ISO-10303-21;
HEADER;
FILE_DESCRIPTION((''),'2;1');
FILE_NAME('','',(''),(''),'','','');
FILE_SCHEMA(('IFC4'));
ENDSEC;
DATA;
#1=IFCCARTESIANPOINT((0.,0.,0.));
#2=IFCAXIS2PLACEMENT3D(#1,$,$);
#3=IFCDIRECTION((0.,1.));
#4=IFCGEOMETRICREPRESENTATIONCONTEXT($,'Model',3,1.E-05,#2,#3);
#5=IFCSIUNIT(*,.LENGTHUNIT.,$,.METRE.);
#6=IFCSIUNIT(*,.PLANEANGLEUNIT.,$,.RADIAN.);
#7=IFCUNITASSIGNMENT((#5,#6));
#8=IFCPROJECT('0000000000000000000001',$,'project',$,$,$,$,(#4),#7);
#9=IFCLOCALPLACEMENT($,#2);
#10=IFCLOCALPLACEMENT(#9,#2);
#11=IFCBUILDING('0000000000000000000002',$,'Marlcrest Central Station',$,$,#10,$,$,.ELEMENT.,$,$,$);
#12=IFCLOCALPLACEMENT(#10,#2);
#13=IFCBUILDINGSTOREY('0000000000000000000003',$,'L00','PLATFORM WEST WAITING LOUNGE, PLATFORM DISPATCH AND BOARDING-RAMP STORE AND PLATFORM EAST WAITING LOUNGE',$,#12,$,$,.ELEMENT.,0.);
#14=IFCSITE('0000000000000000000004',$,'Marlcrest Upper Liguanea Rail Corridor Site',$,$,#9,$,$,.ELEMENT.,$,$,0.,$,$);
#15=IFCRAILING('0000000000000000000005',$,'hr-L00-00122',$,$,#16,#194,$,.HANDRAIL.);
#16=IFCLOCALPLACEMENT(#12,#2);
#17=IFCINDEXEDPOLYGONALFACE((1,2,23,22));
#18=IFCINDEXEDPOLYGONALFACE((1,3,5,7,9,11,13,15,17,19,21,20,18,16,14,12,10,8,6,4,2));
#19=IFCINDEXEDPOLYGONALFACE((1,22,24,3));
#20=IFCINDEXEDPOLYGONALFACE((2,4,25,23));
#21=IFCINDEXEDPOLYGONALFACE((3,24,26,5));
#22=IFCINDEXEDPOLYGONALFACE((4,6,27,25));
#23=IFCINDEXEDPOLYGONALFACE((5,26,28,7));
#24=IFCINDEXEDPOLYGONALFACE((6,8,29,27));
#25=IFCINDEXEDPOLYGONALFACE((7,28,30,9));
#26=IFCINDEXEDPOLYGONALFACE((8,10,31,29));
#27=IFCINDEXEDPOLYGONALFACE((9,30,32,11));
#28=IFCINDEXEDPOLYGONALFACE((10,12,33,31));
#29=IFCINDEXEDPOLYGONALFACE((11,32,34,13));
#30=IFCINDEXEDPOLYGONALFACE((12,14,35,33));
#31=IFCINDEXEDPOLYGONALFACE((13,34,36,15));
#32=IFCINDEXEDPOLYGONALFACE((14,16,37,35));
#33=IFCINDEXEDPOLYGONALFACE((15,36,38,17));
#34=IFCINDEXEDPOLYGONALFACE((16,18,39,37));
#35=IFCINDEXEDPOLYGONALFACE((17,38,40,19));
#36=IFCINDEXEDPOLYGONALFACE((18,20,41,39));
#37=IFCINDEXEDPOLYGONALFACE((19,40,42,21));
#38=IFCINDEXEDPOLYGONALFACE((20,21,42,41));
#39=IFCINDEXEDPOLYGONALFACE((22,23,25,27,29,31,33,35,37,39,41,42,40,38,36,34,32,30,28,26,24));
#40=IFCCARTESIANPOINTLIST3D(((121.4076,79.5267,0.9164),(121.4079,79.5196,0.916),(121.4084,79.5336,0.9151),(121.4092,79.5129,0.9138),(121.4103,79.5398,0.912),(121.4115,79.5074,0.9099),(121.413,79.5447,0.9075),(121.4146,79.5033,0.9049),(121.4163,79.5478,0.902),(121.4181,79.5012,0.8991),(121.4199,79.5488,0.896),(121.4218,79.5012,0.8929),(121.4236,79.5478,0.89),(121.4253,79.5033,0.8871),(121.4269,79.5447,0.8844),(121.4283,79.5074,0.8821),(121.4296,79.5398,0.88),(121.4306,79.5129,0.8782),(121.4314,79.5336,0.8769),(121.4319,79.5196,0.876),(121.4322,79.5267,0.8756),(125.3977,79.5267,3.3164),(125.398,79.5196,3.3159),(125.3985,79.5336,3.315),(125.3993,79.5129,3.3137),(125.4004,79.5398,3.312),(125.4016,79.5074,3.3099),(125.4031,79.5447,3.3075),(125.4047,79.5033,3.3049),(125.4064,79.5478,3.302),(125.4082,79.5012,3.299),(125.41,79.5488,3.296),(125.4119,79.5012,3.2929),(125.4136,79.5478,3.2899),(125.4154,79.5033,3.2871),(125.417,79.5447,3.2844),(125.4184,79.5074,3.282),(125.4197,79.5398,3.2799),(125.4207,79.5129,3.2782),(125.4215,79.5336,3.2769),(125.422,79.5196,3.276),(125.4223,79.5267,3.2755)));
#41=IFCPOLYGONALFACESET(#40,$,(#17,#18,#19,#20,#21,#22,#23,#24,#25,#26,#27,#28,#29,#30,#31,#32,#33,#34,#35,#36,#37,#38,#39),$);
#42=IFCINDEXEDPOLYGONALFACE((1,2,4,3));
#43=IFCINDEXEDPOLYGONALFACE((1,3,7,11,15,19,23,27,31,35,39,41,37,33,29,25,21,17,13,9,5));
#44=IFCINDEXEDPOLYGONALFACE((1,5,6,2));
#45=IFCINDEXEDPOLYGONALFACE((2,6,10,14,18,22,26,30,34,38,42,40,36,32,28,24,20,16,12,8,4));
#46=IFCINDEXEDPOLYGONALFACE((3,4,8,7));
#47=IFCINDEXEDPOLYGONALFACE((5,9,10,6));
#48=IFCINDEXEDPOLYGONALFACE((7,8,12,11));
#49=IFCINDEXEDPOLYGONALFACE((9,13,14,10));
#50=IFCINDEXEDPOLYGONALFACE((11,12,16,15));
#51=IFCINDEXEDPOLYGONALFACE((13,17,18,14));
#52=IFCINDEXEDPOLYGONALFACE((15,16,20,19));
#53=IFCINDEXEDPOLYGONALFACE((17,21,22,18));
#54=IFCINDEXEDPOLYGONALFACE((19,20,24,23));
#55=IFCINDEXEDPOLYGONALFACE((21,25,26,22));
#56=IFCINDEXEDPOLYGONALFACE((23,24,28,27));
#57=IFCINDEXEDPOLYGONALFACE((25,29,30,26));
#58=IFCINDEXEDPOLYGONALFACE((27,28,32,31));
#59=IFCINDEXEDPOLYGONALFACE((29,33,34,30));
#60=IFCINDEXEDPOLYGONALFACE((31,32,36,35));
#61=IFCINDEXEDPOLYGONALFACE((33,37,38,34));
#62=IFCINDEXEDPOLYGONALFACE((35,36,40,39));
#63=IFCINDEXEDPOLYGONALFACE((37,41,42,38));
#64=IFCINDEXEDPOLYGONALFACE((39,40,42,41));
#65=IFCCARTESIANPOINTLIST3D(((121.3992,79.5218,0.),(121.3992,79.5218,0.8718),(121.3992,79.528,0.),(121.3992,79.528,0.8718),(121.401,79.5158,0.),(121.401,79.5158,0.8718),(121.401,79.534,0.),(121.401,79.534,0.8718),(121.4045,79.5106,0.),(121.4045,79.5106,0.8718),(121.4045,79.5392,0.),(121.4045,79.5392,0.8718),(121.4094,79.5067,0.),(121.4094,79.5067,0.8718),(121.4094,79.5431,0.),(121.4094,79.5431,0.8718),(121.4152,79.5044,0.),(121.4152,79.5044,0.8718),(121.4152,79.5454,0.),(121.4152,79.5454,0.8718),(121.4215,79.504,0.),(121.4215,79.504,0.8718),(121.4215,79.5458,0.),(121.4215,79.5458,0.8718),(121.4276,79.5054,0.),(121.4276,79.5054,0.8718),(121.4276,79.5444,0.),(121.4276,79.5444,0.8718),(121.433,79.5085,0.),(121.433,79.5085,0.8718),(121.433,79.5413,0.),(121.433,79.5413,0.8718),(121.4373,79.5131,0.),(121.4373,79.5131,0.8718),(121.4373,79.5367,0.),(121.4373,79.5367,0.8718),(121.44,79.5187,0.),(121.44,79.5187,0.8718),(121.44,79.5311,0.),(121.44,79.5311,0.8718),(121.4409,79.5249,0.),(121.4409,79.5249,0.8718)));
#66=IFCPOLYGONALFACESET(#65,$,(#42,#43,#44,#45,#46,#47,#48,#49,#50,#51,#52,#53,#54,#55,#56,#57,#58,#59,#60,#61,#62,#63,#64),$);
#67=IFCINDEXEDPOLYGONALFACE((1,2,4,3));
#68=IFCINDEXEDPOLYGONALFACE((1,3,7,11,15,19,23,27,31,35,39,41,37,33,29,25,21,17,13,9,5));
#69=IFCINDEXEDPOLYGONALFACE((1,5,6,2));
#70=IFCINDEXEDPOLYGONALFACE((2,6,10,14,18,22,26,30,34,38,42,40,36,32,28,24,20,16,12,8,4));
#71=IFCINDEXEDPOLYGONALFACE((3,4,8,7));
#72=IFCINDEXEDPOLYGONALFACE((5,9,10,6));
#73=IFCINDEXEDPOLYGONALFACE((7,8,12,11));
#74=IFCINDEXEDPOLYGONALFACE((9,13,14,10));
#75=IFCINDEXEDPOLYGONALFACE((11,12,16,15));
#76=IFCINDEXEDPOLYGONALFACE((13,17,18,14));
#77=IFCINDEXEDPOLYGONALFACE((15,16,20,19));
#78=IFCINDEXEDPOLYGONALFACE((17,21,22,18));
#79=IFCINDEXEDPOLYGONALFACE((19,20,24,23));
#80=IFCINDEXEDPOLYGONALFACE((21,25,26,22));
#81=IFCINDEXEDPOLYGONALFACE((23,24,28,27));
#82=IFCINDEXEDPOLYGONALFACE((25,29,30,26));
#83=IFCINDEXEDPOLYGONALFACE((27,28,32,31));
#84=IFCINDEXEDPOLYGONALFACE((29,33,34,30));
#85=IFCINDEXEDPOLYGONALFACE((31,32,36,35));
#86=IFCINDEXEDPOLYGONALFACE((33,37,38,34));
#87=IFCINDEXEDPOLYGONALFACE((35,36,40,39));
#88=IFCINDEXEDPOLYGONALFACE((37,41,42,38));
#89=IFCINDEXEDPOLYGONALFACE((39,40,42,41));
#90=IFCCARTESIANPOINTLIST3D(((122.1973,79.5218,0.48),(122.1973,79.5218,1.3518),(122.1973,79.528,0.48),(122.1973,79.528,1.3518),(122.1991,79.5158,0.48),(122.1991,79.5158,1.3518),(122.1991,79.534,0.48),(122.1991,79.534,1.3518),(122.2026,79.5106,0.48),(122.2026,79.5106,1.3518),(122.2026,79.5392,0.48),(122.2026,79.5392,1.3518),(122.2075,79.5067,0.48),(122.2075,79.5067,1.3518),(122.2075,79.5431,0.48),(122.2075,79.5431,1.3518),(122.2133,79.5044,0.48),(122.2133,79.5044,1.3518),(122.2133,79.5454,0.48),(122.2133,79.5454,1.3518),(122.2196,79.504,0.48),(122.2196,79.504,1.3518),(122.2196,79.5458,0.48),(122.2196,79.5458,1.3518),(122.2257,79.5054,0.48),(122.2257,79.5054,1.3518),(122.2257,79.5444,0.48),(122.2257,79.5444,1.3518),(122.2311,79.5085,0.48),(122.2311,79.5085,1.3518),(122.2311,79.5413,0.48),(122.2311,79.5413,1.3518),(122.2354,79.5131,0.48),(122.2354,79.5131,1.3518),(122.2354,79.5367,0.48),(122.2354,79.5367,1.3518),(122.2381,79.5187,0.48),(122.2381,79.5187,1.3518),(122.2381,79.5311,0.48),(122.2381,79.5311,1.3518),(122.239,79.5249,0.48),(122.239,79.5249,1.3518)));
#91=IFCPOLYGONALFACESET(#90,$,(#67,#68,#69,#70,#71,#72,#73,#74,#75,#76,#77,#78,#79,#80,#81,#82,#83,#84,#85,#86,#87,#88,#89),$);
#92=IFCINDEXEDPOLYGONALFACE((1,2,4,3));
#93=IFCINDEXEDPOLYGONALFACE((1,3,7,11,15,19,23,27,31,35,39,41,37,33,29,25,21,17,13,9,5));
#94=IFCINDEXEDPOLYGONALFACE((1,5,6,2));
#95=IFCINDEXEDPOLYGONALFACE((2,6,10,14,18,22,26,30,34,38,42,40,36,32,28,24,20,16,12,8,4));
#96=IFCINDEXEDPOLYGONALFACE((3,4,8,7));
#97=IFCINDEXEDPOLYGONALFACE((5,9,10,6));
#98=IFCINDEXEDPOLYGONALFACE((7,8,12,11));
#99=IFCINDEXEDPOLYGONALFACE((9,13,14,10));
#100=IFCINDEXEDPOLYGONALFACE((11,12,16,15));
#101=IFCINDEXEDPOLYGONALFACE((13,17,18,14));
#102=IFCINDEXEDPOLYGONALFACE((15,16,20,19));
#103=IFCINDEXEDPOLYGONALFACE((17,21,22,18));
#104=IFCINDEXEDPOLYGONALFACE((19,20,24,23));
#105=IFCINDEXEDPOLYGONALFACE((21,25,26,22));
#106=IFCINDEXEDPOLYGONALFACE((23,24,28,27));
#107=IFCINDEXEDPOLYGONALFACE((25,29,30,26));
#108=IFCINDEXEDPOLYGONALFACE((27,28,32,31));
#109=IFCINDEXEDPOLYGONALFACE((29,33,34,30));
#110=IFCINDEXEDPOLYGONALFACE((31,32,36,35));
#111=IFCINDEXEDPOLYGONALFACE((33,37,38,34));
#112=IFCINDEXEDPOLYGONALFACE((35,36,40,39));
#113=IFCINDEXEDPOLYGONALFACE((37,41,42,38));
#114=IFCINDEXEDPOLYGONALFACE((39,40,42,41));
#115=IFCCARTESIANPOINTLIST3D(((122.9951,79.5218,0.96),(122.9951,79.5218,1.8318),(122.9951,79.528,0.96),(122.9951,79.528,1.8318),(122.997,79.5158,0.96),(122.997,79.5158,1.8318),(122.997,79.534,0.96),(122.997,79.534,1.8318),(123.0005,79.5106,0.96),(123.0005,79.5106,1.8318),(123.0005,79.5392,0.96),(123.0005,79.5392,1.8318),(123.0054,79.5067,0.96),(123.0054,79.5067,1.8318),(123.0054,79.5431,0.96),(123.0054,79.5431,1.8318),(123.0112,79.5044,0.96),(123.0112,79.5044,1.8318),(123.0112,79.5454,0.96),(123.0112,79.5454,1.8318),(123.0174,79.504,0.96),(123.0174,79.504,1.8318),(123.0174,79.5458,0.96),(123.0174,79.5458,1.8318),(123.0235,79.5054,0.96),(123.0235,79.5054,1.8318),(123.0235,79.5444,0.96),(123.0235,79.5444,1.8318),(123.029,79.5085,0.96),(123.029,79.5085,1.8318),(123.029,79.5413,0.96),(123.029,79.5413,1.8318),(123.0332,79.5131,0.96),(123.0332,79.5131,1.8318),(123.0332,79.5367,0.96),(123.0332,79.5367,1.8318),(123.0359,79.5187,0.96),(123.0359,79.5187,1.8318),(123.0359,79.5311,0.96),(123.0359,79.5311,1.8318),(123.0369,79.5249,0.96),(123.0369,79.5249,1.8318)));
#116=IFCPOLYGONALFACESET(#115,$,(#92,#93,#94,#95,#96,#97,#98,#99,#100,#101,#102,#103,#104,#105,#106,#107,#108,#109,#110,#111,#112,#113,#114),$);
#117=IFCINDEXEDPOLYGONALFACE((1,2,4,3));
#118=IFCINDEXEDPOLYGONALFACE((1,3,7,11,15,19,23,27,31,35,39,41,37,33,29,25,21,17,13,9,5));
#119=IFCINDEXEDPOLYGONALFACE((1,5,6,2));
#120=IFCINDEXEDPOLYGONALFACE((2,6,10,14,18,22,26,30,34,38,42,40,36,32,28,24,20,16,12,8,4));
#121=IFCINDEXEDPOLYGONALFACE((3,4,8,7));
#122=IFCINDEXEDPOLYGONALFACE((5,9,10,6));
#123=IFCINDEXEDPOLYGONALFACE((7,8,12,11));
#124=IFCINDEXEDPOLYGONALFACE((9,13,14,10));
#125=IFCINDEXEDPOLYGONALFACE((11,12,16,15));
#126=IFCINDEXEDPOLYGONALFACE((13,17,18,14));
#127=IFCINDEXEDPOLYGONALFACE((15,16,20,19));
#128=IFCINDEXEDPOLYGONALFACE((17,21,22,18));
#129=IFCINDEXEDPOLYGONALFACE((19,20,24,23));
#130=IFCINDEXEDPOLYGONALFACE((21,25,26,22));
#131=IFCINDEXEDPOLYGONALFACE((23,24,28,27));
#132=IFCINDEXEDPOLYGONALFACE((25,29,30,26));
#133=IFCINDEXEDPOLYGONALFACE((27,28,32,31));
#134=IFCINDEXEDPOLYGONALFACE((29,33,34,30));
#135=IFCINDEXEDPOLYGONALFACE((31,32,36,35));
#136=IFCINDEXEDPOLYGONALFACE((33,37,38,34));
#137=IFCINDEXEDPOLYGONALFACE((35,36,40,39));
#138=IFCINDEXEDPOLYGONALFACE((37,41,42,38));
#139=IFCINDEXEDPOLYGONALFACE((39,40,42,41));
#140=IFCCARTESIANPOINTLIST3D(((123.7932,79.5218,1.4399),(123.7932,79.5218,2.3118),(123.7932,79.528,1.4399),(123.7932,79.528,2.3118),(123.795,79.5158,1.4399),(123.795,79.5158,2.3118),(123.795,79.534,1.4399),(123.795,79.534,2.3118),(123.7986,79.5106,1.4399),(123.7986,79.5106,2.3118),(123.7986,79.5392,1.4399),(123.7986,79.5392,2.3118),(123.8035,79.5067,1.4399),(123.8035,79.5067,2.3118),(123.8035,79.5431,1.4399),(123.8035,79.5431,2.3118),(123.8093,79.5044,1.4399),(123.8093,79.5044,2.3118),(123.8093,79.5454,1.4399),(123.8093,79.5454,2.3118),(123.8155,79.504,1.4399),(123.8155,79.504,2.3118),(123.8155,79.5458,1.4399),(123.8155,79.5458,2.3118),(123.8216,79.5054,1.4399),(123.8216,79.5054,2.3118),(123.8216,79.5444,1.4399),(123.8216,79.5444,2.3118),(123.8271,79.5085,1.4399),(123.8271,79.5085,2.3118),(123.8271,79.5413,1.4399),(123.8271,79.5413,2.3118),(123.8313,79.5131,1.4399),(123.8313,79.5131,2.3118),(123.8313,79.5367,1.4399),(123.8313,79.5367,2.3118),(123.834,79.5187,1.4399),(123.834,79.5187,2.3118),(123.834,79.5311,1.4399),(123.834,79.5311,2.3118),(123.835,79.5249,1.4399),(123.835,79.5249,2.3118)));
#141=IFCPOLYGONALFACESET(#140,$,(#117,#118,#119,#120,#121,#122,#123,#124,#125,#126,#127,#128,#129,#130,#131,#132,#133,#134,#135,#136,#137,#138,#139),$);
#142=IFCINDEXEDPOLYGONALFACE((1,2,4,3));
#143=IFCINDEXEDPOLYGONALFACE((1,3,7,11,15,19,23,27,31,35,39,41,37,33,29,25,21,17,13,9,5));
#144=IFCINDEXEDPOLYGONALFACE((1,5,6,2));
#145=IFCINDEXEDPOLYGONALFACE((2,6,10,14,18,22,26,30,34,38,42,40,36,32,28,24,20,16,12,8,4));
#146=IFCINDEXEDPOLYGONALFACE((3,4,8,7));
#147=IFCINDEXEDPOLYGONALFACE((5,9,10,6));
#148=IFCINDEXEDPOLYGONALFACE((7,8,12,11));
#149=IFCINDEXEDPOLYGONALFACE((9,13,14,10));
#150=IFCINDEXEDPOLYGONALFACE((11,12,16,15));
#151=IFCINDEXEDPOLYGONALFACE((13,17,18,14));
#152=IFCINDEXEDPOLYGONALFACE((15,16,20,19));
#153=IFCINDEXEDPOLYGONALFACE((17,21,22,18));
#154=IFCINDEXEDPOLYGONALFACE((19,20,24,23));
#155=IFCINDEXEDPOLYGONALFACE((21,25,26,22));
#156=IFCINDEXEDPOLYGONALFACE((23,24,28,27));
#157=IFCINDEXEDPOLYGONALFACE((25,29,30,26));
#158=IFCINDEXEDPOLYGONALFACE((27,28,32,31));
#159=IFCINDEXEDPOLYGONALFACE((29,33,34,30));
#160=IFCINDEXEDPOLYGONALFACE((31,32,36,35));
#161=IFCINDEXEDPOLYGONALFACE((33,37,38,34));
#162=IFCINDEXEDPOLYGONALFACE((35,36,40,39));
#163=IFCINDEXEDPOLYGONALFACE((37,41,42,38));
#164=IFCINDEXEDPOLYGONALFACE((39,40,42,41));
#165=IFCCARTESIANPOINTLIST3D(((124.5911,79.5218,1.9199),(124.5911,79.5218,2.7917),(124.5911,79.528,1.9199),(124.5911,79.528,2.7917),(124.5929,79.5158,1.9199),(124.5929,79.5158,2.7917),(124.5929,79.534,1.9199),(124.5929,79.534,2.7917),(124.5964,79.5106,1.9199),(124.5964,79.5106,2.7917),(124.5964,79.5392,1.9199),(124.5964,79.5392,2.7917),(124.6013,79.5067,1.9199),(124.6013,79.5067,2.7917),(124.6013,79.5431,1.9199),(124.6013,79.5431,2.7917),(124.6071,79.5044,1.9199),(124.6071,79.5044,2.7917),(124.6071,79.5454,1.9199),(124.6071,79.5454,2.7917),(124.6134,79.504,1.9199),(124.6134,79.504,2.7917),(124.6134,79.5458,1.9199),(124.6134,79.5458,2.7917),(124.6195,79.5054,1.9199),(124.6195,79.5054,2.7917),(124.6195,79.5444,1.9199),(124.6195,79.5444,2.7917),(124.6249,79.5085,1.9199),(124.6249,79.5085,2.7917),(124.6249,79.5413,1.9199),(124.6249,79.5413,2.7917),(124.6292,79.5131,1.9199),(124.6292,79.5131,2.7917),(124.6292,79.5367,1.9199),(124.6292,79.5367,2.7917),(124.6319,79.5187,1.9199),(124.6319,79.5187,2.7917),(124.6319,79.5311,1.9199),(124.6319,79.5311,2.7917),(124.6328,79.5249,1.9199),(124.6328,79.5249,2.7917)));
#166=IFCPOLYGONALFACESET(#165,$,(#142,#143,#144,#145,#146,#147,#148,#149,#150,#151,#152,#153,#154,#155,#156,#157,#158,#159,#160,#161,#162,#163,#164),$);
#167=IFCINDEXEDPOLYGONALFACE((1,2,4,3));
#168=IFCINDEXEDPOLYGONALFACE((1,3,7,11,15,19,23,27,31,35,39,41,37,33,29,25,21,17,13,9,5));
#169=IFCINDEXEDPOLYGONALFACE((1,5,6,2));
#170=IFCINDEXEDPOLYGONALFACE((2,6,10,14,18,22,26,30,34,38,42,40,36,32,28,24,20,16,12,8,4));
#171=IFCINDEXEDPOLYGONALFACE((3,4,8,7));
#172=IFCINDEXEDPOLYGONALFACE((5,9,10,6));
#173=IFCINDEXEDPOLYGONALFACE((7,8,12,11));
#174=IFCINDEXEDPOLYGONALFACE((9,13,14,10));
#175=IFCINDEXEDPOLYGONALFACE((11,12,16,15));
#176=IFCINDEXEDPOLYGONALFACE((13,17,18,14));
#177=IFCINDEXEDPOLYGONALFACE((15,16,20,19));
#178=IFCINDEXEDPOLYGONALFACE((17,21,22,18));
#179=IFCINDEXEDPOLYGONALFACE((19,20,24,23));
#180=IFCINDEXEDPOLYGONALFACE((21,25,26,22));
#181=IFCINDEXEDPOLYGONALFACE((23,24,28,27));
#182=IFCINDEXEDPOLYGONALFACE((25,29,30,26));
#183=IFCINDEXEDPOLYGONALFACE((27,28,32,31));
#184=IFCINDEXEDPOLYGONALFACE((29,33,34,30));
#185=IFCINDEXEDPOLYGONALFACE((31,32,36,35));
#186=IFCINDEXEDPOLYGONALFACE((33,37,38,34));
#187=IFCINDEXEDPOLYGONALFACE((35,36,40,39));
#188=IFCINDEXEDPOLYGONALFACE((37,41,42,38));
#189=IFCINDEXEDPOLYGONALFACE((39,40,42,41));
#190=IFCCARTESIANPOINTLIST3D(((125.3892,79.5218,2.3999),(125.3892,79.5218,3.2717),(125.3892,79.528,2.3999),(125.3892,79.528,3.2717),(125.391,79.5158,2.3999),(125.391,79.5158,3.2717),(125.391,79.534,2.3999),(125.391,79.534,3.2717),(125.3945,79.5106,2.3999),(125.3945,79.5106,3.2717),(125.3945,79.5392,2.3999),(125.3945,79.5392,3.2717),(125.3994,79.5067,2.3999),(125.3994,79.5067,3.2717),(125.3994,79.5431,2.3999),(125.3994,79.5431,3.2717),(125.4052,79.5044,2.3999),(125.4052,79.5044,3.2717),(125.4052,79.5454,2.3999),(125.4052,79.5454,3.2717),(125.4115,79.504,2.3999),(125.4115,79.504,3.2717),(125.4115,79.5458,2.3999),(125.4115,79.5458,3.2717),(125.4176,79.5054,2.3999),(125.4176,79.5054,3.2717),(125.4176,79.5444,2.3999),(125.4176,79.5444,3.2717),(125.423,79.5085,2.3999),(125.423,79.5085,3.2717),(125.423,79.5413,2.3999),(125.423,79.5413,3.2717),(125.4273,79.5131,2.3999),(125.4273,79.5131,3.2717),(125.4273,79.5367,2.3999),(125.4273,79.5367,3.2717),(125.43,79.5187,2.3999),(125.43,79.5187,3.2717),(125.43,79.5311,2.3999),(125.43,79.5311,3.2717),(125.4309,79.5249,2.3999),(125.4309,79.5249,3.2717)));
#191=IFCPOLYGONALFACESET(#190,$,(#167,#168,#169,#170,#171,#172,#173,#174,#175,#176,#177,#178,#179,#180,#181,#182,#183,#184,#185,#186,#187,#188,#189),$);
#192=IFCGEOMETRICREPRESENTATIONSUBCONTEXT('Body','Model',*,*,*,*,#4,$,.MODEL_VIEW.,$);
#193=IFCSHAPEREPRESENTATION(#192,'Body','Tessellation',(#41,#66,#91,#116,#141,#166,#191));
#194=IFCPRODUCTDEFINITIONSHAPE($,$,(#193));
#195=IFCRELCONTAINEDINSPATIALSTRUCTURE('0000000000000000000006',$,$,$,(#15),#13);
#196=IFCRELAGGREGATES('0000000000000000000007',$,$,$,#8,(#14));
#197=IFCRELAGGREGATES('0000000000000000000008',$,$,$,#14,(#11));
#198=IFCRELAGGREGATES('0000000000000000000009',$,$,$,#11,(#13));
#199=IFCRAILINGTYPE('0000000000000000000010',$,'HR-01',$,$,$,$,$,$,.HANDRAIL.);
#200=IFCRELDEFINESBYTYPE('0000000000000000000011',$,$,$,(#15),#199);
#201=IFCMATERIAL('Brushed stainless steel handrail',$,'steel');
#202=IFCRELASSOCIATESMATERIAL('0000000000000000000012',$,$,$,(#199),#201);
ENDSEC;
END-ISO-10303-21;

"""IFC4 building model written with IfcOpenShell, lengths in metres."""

from ifc_helpers import new_model, si_unit, direction, frame, origin, origin_2d, place, context, subcontext, project, spatial, circle, extrude, material, type_object, element, save


model = new_model("IFC4")

# Units and contexts
model_context = context("Model", 3, precision=1e-05, world=origin(), true_north=direction((0.0, 1.0)))
body_context = subcontext(model_context, "Body", "Model", "MODEL_VIEW")
ifc_project = project(units=[si_unit("LENGTHUNIT", "METRE"), si_unit("PLANEANGLEUNIT", "RADIAN")], contexts=[model_context])

# Site, building, storey
site_placement = place(None, origin())
site = spatial("IfcSite", under=ifc_project, at=site_placement, Name="Marlcrest Upper Liguanea Rail Corridor Site", CompositionType="ELEMENT", RefElevation=0.0)
building_placement = place(site_placement, origin())
building = spatial("IfcBuilding", under=site, at=building_placement, Name="Marlcrest Central Station", CompositionType="ELEMENT")
storey_placement = place(building_placement, origin())
storey = spatial("IfcBuildingStorey", under=building, at=storey_placement, Name="L00", Description="PLATFORM WEST WAITING LOUNGE, PLATFORM DISPATCH AND BOARDING-RAMP STORE AND PLATFORM EAST WAITING LOUNGE", CompositionType="ELEMENT", Elevation=0.0)

# Railing
ifc_material_1 = material(Name="Brushed stainless steel handrail", Category="steel")
railing_type_1 = type_object("IfcRailingType", Name="HR-01", PredefinedType="HANDRAIL", material=ifc_material_1)
railing_1_placement = place(storey_placement, frame((121.4199, 79.5249, 0.0)))
element("IfcRailing", 1, at=railing_1_placement, inside=storey, type_object=railing_type_1, Name="hr-L00-00122", PredefinedType="HANDRAIL", context=body_context, shape_type="SweptSolid", body=[
    extrude(circle(Radius=0.0239, at=origin_2d()), frame((0.0, 0.0, 0.896), z_axis=(0.856933, 0.0, 0.515428), x_axis=(0.0, 1.0, 0.0)), (0.0, 0.0, 1.0), 4.6562),
    extrude(circle(Radius=0.021, at=origin_2d()), origin(), (0.0, 0.0, 1.0), 0.8718),
    extrude(circle(Radius=0.021, at=origin_2d()), frame((0.7981, 0.0, 0.48)), (0.0, 0.0, 1.0), 0.8718),
    extrude(circle(Radius=0.021, at=origin_2d()), frame((1.5959, 0.0, 0.96)), (0.0, 0.0, 1.0), 0.8718),
    extrude(circle(Radius=0.021, at=origin_2d()), frame((2.394, 0.0, 1.4399)), (0.0, 0.0, 1.0), 0.8718),
    extrude(circle(Radius=0.021, at=origin_2d()), frame((3.1919, 0.0, 1.9199)), (0.0, 0.0, 1.0), 0.8718),
    extrude(circle(Radius=0.021, at=origin_2d()), frame((3.99, 0.0, 2.3999)), (0.0, 0.0, 1.0), 0.8718),
])

save(model, "model.ifc")
